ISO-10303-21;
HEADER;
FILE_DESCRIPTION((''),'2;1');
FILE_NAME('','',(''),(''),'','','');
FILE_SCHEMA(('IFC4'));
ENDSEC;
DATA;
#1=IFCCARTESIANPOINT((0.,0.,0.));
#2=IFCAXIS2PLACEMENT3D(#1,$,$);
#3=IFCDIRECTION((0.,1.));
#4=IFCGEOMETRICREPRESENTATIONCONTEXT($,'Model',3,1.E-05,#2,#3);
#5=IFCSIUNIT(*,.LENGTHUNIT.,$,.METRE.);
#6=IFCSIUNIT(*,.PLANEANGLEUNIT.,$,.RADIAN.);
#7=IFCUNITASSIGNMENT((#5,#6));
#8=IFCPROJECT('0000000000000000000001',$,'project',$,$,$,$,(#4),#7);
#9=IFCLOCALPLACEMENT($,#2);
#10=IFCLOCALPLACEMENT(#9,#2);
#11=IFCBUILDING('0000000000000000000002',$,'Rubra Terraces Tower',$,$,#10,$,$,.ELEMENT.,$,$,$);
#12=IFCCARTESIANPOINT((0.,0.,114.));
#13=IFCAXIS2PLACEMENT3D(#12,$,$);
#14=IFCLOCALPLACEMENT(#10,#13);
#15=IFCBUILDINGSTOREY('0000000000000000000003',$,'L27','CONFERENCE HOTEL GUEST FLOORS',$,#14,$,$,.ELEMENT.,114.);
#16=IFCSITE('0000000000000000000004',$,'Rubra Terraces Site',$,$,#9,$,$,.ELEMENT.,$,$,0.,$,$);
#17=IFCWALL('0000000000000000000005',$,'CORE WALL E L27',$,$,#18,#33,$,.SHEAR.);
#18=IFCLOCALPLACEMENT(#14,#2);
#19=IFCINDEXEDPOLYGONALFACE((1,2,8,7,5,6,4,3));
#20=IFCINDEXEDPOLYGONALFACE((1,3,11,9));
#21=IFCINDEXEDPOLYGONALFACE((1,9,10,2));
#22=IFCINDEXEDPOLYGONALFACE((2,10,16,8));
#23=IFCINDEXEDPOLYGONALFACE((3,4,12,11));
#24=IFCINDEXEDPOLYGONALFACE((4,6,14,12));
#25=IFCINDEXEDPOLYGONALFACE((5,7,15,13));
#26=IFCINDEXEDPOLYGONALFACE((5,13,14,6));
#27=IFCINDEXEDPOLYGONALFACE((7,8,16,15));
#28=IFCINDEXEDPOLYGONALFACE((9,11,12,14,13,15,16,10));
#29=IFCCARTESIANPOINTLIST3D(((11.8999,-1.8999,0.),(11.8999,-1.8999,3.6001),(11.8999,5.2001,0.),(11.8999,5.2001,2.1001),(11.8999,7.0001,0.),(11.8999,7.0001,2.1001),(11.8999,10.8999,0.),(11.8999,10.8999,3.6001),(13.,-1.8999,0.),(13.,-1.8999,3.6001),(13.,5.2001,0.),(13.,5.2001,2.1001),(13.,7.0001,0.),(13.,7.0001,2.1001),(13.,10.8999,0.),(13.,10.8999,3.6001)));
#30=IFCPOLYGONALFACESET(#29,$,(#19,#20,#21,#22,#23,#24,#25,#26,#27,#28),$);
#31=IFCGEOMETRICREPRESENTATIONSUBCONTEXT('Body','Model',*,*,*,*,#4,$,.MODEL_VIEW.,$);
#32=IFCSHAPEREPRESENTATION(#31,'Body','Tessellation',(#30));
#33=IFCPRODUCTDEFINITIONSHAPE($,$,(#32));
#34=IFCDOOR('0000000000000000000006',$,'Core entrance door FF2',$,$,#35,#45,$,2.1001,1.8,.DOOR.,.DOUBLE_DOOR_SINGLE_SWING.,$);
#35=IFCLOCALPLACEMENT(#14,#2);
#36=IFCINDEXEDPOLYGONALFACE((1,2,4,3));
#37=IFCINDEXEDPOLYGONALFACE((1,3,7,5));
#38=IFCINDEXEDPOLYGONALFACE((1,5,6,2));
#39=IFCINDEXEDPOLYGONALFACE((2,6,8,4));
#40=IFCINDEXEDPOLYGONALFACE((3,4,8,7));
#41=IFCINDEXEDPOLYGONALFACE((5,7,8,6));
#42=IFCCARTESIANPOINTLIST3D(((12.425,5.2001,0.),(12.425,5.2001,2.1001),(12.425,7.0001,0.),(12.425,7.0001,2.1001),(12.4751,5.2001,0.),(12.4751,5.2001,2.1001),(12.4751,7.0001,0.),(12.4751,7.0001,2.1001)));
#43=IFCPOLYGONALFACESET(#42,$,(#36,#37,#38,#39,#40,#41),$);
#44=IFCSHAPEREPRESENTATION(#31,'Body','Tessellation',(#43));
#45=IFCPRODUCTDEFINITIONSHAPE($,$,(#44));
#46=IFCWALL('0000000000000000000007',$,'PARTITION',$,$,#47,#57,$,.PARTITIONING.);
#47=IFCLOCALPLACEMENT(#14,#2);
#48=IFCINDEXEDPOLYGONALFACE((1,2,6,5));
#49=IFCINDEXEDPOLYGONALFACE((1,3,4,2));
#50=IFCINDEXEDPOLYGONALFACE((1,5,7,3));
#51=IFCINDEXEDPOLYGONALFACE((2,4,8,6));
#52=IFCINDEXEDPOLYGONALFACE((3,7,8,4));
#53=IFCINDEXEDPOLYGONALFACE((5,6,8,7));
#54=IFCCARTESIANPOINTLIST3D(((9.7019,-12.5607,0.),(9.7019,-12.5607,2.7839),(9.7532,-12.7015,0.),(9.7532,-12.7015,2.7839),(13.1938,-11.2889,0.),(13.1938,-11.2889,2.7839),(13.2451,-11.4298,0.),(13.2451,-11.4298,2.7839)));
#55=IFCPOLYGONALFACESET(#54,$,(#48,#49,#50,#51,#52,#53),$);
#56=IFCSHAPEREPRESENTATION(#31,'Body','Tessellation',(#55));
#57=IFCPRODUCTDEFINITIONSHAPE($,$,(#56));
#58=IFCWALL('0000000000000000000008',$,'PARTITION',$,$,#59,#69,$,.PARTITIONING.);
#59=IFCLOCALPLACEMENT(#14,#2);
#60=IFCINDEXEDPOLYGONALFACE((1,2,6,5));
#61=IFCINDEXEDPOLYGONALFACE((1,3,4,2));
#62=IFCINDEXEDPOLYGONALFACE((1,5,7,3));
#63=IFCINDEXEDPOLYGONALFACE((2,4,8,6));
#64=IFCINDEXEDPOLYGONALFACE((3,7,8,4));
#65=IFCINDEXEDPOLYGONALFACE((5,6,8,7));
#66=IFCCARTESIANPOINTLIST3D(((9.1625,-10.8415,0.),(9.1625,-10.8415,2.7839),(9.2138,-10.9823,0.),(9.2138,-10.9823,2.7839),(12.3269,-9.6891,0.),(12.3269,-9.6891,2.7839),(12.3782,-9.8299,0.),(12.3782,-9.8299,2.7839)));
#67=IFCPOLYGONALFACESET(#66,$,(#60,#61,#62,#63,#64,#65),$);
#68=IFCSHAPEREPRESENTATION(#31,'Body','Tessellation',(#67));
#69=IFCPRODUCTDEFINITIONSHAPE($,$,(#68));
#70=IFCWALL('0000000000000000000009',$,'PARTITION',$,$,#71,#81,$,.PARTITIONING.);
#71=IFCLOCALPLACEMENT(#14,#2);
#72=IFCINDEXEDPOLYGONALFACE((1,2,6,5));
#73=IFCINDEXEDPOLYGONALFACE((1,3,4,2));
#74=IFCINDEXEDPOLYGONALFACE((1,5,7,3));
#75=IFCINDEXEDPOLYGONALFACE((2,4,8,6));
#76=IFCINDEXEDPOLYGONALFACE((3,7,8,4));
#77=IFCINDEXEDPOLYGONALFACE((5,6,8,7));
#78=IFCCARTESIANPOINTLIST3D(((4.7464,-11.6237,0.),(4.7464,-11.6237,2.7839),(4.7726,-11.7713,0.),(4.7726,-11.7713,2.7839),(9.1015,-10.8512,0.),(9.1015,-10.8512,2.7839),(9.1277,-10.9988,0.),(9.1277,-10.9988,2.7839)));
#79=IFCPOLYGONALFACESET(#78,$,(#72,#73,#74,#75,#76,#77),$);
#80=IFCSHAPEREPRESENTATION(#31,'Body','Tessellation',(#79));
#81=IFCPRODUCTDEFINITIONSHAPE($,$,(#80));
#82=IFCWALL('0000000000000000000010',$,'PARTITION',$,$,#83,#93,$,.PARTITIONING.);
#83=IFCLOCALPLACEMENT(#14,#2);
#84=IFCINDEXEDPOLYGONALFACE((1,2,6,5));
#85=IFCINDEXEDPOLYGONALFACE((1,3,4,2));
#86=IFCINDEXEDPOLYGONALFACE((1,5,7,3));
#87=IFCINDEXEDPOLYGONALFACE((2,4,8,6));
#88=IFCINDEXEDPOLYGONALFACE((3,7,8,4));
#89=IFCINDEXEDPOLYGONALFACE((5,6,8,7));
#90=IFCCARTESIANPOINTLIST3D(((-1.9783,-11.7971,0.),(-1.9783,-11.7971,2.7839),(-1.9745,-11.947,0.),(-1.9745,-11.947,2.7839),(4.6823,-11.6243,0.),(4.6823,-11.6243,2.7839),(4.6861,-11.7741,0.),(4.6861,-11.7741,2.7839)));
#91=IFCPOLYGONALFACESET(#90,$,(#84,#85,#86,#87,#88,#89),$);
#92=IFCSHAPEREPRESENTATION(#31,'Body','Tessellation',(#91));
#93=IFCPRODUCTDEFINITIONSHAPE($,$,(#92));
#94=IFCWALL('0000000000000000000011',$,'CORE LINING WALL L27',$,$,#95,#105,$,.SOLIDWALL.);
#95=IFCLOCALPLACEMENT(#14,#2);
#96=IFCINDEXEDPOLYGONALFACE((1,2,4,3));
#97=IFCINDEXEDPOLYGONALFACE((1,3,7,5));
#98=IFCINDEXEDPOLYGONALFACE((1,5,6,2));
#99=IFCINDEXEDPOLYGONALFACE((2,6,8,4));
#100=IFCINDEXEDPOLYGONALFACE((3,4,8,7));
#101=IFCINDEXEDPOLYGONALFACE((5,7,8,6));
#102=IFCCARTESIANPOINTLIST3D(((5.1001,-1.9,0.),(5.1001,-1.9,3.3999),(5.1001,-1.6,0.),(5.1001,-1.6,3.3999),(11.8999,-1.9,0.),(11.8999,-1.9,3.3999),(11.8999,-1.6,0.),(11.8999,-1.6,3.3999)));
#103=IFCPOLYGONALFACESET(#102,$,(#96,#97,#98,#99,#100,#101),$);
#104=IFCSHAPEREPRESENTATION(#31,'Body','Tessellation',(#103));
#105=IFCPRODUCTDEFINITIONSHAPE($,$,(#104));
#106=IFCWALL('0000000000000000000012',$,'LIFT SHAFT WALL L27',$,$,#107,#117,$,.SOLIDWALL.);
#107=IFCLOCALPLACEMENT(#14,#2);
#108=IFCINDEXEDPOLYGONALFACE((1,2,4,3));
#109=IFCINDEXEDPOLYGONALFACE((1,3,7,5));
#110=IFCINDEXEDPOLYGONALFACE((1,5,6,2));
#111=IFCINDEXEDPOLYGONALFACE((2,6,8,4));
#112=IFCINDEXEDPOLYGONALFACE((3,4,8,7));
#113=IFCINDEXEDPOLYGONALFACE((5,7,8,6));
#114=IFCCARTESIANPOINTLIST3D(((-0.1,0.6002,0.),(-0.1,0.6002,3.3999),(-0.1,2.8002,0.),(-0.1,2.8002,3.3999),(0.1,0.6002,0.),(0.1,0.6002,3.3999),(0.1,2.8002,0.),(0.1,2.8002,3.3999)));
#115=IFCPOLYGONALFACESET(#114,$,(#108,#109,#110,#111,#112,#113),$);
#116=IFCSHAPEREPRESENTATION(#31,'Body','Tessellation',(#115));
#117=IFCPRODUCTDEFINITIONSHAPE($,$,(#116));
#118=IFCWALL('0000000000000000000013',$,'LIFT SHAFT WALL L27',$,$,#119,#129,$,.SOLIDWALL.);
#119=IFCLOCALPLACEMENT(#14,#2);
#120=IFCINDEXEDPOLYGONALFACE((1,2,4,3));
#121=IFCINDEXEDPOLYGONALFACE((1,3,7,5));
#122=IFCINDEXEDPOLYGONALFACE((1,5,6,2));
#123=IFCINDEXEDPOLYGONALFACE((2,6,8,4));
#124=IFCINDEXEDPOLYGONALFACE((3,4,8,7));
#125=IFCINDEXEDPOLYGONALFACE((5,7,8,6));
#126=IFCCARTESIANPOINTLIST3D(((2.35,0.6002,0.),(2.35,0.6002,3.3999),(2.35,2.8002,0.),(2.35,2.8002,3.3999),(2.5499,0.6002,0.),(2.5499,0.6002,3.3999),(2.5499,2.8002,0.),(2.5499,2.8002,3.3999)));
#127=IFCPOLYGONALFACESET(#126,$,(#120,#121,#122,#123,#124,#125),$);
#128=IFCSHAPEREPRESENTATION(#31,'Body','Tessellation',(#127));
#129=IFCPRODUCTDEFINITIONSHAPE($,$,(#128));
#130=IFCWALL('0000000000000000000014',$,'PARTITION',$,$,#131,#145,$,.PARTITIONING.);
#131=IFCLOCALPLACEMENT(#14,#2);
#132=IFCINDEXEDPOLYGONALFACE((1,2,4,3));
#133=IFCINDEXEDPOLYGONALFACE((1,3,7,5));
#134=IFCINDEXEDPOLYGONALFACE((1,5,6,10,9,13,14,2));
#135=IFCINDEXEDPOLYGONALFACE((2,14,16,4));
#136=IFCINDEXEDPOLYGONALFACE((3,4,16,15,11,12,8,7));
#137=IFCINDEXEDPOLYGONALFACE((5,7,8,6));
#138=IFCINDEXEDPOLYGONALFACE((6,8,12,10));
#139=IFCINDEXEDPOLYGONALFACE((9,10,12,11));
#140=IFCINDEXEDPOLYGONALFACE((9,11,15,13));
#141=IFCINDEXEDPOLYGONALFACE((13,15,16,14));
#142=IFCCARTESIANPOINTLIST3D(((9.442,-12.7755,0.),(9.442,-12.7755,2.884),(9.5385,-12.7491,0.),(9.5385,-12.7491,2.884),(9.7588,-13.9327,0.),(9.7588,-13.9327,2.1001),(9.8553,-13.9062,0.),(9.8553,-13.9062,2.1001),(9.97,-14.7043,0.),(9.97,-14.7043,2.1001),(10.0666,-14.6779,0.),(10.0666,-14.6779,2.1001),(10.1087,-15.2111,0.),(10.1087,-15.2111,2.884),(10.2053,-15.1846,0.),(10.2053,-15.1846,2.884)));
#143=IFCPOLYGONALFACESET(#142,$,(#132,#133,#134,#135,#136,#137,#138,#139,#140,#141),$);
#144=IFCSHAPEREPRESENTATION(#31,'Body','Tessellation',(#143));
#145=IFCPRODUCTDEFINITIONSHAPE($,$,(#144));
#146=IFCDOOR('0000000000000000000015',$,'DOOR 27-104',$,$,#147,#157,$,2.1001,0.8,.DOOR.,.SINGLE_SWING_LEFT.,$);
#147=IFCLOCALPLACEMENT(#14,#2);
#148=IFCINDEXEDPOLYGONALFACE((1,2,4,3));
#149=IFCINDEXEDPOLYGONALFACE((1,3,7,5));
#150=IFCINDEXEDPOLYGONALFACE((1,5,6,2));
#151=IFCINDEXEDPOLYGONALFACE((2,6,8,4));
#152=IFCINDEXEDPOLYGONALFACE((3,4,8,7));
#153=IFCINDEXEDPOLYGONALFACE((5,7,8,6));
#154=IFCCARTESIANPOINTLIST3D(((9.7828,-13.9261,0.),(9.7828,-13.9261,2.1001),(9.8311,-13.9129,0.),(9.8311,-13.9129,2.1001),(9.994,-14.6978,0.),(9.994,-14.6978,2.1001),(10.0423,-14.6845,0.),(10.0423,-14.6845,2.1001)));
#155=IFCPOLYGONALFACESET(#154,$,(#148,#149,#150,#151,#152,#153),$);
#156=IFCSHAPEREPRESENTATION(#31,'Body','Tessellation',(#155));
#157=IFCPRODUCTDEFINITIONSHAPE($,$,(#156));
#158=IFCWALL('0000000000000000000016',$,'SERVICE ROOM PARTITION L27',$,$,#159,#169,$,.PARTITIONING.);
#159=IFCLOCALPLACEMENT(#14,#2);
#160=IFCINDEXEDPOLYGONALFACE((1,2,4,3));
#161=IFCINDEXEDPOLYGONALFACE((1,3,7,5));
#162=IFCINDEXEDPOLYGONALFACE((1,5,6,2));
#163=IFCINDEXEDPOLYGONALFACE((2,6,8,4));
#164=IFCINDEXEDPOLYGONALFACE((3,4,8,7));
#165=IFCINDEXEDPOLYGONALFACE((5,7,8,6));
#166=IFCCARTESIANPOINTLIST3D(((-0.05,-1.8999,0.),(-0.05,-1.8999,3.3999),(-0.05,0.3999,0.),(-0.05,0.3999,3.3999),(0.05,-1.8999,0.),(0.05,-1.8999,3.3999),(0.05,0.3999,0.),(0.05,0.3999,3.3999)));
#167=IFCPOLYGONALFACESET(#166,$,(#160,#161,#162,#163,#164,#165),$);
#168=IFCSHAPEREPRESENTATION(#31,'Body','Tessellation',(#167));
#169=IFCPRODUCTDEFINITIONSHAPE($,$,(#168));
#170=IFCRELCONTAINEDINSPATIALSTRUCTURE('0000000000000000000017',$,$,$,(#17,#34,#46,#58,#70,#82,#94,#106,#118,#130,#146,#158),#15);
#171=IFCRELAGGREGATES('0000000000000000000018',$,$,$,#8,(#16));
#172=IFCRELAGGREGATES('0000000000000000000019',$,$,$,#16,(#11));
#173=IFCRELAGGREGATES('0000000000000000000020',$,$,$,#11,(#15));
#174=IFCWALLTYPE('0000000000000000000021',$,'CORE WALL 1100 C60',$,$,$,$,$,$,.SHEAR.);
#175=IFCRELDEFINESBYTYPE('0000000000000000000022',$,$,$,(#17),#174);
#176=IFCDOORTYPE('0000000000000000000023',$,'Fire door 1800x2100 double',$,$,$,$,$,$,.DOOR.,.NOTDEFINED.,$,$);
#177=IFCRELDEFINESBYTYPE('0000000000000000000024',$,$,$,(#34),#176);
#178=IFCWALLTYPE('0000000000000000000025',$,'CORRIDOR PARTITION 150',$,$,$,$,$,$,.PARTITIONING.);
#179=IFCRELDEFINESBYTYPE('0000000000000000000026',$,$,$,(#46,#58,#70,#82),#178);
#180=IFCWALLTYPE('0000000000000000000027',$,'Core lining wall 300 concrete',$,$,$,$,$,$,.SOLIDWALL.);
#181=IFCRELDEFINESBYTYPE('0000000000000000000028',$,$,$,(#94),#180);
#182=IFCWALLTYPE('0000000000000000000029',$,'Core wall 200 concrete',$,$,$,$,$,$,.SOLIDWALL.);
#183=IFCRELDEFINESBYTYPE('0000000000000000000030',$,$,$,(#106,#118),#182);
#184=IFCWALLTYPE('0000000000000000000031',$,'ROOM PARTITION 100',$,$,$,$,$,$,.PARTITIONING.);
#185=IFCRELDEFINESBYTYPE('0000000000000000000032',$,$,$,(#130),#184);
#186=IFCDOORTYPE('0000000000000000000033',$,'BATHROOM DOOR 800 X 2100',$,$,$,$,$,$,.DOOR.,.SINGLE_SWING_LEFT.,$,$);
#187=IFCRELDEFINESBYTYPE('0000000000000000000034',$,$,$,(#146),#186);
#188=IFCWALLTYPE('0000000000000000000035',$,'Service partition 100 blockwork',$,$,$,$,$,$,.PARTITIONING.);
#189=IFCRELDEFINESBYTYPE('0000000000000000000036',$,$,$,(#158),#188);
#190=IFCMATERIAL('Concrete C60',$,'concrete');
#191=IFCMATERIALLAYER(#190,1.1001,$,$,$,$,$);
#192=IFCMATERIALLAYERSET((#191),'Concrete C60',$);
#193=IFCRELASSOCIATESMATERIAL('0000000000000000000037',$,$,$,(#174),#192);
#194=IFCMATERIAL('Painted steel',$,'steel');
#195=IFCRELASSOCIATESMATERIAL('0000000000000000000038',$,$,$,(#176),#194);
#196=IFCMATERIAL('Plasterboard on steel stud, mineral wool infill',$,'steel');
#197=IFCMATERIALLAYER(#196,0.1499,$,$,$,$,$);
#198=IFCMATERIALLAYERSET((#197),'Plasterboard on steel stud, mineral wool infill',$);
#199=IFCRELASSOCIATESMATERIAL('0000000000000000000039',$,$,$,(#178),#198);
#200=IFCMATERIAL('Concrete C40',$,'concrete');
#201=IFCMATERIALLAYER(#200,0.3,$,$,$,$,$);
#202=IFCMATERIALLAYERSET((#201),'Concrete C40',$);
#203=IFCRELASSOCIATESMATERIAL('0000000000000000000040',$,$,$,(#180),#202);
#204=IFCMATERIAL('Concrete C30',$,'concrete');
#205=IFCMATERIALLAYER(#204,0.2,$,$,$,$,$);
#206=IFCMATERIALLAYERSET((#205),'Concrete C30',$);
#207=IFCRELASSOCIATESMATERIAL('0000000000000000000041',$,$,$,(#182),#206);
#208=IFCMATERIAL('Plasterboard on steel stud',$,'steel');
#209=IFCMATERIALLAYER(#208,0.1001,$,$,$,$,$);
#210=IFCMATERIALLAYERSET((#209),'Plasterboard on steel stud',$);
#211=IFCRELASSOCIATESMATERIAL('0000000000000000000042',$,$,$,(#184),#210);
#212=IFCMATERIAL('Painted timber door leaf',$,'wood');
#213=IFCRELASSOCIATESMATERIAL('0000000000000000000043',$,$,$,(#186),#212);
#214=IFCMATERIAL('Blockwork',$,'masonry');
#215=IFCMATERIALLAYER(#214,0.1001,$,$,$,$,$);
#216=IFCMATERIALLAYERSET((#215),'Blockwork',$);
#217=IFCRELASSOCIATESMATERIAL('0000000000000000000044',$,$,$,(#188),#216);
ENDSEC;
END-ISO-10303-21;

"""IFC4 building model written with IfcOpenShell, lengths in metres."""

from ifc_helpers import new_model, si_unit, direction, frame, frame_2d, origin, place, context, subcontext, project, spatial, rectangle, extrude, material, layer, layer_set, type_object, element, fill, save


model = new_model("IFC4")

# Units and contexts
model_context = context("Model", 3, precision=1e-05, world=origin(), true_north=direction((0.0, 1.0)))
body_context = subcontext(model_context, "Body", "Model", "MODEL_VIEW")
ifc_project = project(units=[si_unit("LENGTHUNIT", "METRE"), si_unit("PLANEANGLEUNIT", "RADIAN")], contexts=[model_context])

# Site, building, storey
site_placement = place(None, origin())
site = spatial("IfcSite", under=ifc_project, at=site_placement, Name="Rubra Terraces Site", CompositionType="ELEMENT", RefElevation=0.0)
building_placement = place(site_placement, origin())
building = spatial("IfcBuilding", under=site, at=building_placement, Name="Rubra Terraces Tower", CompositionType="ELEMENT")
storey_placement = place(building_placement, frame((0.0, 0.0, 114.0)))
storey = spatial("IfcBuildingStorey", under=building, at=storey_placement, Name="L27", Description="CONFERENCE HOTEL GUEST FLOORS", CompositionType="ELEMENT", Elevation=114.0)

# Shared definitions
ifc_material_1 = material(Name="Concrete C40", Category="concrete")

# Wall, opening, door
ifc_material_2 = material(Name="Concrete C60", Category="concrete")
ifc_layer_1 = layer(ifc_material_2, 1.1001)
ifc_layer_set_1 = layer_set([ifc_layer_1], Name="Concrete C60")
wall_type_1 = type_object("IfcWallType", Name="CORE WALL 1100 C60", PredefinedType="SHEAR", material=ifc_layer_set_1)
wall_1_placement = place(storey_placement, frame((12.45, -1.8999, 0.0), z_axis=(0.0, 0.0, 1.0), x_axis=(0.0, 1.0, 0.0)))
wall_1 = element("IfcWall", 1, at=wall_1_placement, inside=storey, type_object=wall_type_1, Name="CORE WALL E L27", PredefinedType="SHEAR", context=body_context, shape_type="SweptSolid", body=[
    extrude(rectangle(XDim=12.7998, YDim=1.1001, at=frame_2d((6.3999, 0.0))), origin(), (0.0, 0.0, 1.0), 3.6001),
])
opening_1_placement = place(wall_1_placement, frame((7.1001, 0.0, 0.0)))
opening_1 = element("IfcOpeningElement", 2, at=opening_1_placement, cuts=wall_1, PredefinedType="OPENING", context=body_context, shape_type="SweptSolid", body=[
    extrude(rectangle(XDim=1.8, YDim=2.1001, at=frame_2d((0.8999, 1.05))), frame((0.0, 0.5601, 0.0), z_axis=(0.0, -1.0, 0.0), x_axis=(1.0, 0.0, 0.0)), (0.0, 0.0, 1.0), 1.1201),
])
ifc_material_3 = material(Name="Painted steel", Category="steel")
door_type_1 = type_object("IfcDoorType", Name="Fire door 1800x2100 double", OperationType="NOTDEFINED", PredefinedType="DOOR", material=ifc_material_3)
door_1_placement = place(opening_1_placement, origin())
door_1 = element("IfcDoor", 3, at=door_1_placement, inside=storey, type_object=door_type_1, Name="Core entrance door FF2", OperationType="DOUBLE_DOOR_SINGLE_SWING", OverallHeight=2.1001, OverallWidth=1.8, PredefinedType="DOOR", context=body_context, shape_type="SweptSolid", body=[
    extrude(rectangle(XDim=1.8, YDim=2.1001, at=frame_2d((0.8999, 1.05))), frame((0.0, 0.0249, 0.0), z_axis=(0.0, -1.0, 0.0), x_axis=(1.0, 0.0, 0.0)), (0.0, 0.0, 1.0), 0.05),
])
fill(opening_1, door_1)

# Walls
ifc_material_4 = material(Name="Plasterboard on steel stud, mineral wool infill", Category="steel")
ifc_layer_2 = layer(ifc_material_4, 0.1499)
ifc_layer_set_2 = layer_set([ifc_layer_2], Name="Plasterboard on steel stud, mineral wool infill")
wall_type_2 = type_object("IfcWallType", Name="CORRIDOR PARTITION 150", PredefinedType="PARTITIONING", material=ifc_layer_set_2)
wall_2_placement = place(storey_placement, frame((9.7275, -12.6311, 0.0), z_axis=(0.0, 0.0, 1.0), x_axis=(0.939626, 0.342202, 0.0)))
element("IfcWall", 4, at=wall_2_placement, inside=storey, type_object=wall_type_2, Name="PARTITION", PredefinedType="PARTITIONING", context=body_context, shape_type="SweptSolid", body=[
    extrude(rectangle(XDim=3.7163, YDim=0.1499, at=frame_2d((1.8582, 0.0))), origin(), (0.0, 0.0, 1.0), 2.7839),
])
wall_3_placement = place(storey_placement, frame((12.3525, -9.7595, 0.0), z_axis=(0.0, 0.0, 1.0), x_axis=(-0.939632, -0.342185, 0.0)))
element("IfcWall", 5, at=wall_3_placement, inside=storey, type_object=wall_type_2, Name="PARTITION", PredefinedType="PARTITIONING", context=body_context, shape_type="SweptSolid", body=[
    extrude(rectangle(XDim=3.3677, YDim=0.1499, at=frame_2d((1.6838, 0.0))), origin(), (0.0, 0.0, 1.0), 2.7839),
])
wall_4_placement = place(storey_placement, frame((9.1145, -10.925, 0.0), z_axis=(0.0, 0.0, 1.0), x_axis=(-0.984633, -0.174639, 0.0)))
element("IfcWall", 6, at=wall_4_placement, inside=storey, type_object=wall_type_2, Name="PARTITION", PredefinedType="PARTITIONING", context=body_context, shape_type="SweptSolid", body=[
    extrude(rectangle(XDim=4.4231, YDim=0.1499, at=frame_2d((2.2114, 0.0))), origin(), (0.0, 0.0, 1.0), 2.7839),
])
wall_5_placement = place(storey_placement, frame((4.6843, -11.6992, 0.0), z_axis=(0.0, 0.0, 1.0), x_axis=(-0.999663, -0.025942, 0.0)))
element("IfcWall", 7, at=wall_5_placement, inside=storey, type_object=wall_type_2, Name="PARTITION", PredefinedType="PARTITIONING", context=body_context, shape_type="SweptSolid", body=[
    extrude(rectangle(XDim=6.6628, YDim=0.1499, at=frame_2d((3.3315, 0.0))), origin(), (0.0, 0.0, 1.0), 2.7839),
])
ifc_layer_3 = layer(ifc_material_1, 0.3)
ifc_layer_set_3 = layer_set([ifc_layer_3], Name="Concrete C40")
wall_type_3 = type_object("IfcWallType", Name="Core lining wall 300 concrete", PredefinedType="SOLIDWALL", material=ifc_layer_set_3)
wall_6_placement = place(storey_placement, frame((11.8999, -1.75, 0.0), z_axis=(0.0, 0.0, 1.0), x_axis=(-1.0, 0.0, 0.0)))
element("IfcWall", 8, at=wall_6_placement, inside=storey, type_object=wall_type_3, Name="CORE LINING WALL L27", PredefinedType="SOLIDWALL", context=body_context, shape_type="SweptSolid", body=[
    extrude(rectangle(XDim=6.7998, YDim=0.3, at=frame_2d((3.3999, 0.0))), origin(), (0.0, 0.0, 1.0), 3.3999),
])
ifc_material_5 = material(Name="Concrete C30", Category="concrete")
ifc_layer_4 = layer(ifc_material_5, 0.2)
ifc_layer_set_4 = layer_set([ifc_layer_4], Name="Concrete C30")
wall_type_4 = type_object("IfcWallType", Name="Core wall 200 concrete", PredefinedType="SOLIDWALL", material=ifc_layer_set_4)
for number, where, z_axis, x_axis, name in (
    (9, (0.0, 0.6001, 0.0), (0.0, 0.0, 1.0), (0.0, 1.0, 0.0), "LIFT SHAFT WALL L27"),
    (10, (2.45, 0.6001, 0.0), (0.0, 0.0, 1.0), (0.0, 1.0, 0.0), "LIFT SHAFT WALL L27"),
):
    element("IfcWall", number, at=place(storey_placement, frame(where, z_axis=z_axis, x_axis=x_axis)), inside=storey, type_object=wall_type_4, Name=name, PredefinedType="SOLIDWALL", context=body_context, shape_type="SweptSolid", body=[
        extrude(rectangle(XDim=2.2, YDim=0.2, at=frame_2d((1.1001, 0.0))), origin(), (0.0, 0.0, 1.0), 3.3999),
    ])

# Wall, opening, door
ifc_material_6 = material(Name="Plasterboard on steel stud", Category="steel")
ifc_layer_5 = layer(ifc_material_6, 0.1001)
ifc_layer_set_5 = layer_set([ifc_layer_5], Name="Plasterboard on steel stud")
wall_type_5 = type_object("IfcWallType", Name="ROOM PARTITION 100", PredefinedType="PARTITIONING", material=ifc_layer_set_5)
wall_7_placement = place(storey_placement, frame((9.4902, -12.7622, 0.0), z_axis=(0.0, 0.0, 1.0), x_axis=(0.264042, -0.964511, 0.0)))
wall_7 = element("IfcWall", 11, at=wall_7_placement, inside=storey, type_object=wall_type_5, Name="PARTITION", PredefinedType="PARTITIONING", context=body_context, shape_type="SweptSolid", body=[
    extrude(rectangle(XDim=2.5251, YDim=0.1001, at=frame_2d((1.2627, 0.0))), origin(), (0.0, 0.0, 1.0), 2.884),
])
opening_2_placement = place(wall_7_placement, frame((1.2, 0.0, 0.0)))
opening_2 = element("IfcOpeningElement", 12, at=opening_2_placement, cuts=wall_7, PredefinedType="OPENING", context=body_context, shape_type="SweptSolid", body=[
    extrude(rectangle(XDim=0.8, YDim=2.1001, at=frame_2d((0.3999, 1.05))), frame((0.0, 0.0601, 0.0), z_axis=(0.0, -1.0, 0.0), x_axis=(1.0, 0.0, 0.0)), (0.0, 0.0, 1.0), 0.1201),
])
ifc_material_7 = material(Name="Painted timber door leaf", Category="wood")
door_type_2 = type_object("IfcDoorType", Name="BATHROOM DOOR 800 X 2100", OperationType="SINGLE_SWING_LEFT", PredefinedType="DOOR", material=ifc_material_7)
door_2_placement = place(opening_2_placement, origin())
door_2 = element("IfcDoor", 13, at=door_2_placement, inside=storey, type_object=door_type_2, Name="DOOR 27-104", OperationType="SINGLE_SWING_LEFT", OverallHeight=2.1001, OverallWidth=0.8, PredefinedType="DOOR", context=body_context, shape_type="SweptSolid", body=[
    extrude(rectangle(XDim=0.8, YDim=2.1001, at=frame_2d((0.3999, 1.05))), frame((0.0, 0.0249, 0.0), z_axis=(0.0, -1.0, 0.0), x_axis=(1.0, 0.0, 0.0)), (0.0, 0.0, 1.0), 0.05),
])
fill(opening_2, door_2)

# Wall
ifc_material_8 = material(Name="Blockwork", Category="masonry")
ifc_layer_6 = layer(ifc_material_8, 0.1001)
ifc_layer_set_6 = layer_set([ifc_layer_6], Name="Blockwork")
wall_type_6 = type_object("IfcWallType", Name="Service partition 100 blockwork", PredefinedType="PARTITIONING", material=ifc_layer_set_6)
for number, where, z_axis, x_axis, name in (
    (14, (0.0, -1.8999, 0.0), (0.0, 0.0, 1.0), (0.0, 1.0, 0.0), "SERVICE ROOM PARTITION L27"),
):
    element("IfcWall", number, at=place(storey_placement, frame(where, z_axis=z_axis, x_axis=x_axis)), inside=storey, type_object=wall_type_6, Name=name, PredefinedType="PARTITIONING", context=body_context, shape_type="SweptSolid", body=[
        extrude(rectangle(XDim=2.2998, YDim=0.1001, at=frame_2d((1.1499, 0.0))), origin(), (0.0, 0.0, 1.0), 3.3999),
    ])

save(model, "model.ifc")
